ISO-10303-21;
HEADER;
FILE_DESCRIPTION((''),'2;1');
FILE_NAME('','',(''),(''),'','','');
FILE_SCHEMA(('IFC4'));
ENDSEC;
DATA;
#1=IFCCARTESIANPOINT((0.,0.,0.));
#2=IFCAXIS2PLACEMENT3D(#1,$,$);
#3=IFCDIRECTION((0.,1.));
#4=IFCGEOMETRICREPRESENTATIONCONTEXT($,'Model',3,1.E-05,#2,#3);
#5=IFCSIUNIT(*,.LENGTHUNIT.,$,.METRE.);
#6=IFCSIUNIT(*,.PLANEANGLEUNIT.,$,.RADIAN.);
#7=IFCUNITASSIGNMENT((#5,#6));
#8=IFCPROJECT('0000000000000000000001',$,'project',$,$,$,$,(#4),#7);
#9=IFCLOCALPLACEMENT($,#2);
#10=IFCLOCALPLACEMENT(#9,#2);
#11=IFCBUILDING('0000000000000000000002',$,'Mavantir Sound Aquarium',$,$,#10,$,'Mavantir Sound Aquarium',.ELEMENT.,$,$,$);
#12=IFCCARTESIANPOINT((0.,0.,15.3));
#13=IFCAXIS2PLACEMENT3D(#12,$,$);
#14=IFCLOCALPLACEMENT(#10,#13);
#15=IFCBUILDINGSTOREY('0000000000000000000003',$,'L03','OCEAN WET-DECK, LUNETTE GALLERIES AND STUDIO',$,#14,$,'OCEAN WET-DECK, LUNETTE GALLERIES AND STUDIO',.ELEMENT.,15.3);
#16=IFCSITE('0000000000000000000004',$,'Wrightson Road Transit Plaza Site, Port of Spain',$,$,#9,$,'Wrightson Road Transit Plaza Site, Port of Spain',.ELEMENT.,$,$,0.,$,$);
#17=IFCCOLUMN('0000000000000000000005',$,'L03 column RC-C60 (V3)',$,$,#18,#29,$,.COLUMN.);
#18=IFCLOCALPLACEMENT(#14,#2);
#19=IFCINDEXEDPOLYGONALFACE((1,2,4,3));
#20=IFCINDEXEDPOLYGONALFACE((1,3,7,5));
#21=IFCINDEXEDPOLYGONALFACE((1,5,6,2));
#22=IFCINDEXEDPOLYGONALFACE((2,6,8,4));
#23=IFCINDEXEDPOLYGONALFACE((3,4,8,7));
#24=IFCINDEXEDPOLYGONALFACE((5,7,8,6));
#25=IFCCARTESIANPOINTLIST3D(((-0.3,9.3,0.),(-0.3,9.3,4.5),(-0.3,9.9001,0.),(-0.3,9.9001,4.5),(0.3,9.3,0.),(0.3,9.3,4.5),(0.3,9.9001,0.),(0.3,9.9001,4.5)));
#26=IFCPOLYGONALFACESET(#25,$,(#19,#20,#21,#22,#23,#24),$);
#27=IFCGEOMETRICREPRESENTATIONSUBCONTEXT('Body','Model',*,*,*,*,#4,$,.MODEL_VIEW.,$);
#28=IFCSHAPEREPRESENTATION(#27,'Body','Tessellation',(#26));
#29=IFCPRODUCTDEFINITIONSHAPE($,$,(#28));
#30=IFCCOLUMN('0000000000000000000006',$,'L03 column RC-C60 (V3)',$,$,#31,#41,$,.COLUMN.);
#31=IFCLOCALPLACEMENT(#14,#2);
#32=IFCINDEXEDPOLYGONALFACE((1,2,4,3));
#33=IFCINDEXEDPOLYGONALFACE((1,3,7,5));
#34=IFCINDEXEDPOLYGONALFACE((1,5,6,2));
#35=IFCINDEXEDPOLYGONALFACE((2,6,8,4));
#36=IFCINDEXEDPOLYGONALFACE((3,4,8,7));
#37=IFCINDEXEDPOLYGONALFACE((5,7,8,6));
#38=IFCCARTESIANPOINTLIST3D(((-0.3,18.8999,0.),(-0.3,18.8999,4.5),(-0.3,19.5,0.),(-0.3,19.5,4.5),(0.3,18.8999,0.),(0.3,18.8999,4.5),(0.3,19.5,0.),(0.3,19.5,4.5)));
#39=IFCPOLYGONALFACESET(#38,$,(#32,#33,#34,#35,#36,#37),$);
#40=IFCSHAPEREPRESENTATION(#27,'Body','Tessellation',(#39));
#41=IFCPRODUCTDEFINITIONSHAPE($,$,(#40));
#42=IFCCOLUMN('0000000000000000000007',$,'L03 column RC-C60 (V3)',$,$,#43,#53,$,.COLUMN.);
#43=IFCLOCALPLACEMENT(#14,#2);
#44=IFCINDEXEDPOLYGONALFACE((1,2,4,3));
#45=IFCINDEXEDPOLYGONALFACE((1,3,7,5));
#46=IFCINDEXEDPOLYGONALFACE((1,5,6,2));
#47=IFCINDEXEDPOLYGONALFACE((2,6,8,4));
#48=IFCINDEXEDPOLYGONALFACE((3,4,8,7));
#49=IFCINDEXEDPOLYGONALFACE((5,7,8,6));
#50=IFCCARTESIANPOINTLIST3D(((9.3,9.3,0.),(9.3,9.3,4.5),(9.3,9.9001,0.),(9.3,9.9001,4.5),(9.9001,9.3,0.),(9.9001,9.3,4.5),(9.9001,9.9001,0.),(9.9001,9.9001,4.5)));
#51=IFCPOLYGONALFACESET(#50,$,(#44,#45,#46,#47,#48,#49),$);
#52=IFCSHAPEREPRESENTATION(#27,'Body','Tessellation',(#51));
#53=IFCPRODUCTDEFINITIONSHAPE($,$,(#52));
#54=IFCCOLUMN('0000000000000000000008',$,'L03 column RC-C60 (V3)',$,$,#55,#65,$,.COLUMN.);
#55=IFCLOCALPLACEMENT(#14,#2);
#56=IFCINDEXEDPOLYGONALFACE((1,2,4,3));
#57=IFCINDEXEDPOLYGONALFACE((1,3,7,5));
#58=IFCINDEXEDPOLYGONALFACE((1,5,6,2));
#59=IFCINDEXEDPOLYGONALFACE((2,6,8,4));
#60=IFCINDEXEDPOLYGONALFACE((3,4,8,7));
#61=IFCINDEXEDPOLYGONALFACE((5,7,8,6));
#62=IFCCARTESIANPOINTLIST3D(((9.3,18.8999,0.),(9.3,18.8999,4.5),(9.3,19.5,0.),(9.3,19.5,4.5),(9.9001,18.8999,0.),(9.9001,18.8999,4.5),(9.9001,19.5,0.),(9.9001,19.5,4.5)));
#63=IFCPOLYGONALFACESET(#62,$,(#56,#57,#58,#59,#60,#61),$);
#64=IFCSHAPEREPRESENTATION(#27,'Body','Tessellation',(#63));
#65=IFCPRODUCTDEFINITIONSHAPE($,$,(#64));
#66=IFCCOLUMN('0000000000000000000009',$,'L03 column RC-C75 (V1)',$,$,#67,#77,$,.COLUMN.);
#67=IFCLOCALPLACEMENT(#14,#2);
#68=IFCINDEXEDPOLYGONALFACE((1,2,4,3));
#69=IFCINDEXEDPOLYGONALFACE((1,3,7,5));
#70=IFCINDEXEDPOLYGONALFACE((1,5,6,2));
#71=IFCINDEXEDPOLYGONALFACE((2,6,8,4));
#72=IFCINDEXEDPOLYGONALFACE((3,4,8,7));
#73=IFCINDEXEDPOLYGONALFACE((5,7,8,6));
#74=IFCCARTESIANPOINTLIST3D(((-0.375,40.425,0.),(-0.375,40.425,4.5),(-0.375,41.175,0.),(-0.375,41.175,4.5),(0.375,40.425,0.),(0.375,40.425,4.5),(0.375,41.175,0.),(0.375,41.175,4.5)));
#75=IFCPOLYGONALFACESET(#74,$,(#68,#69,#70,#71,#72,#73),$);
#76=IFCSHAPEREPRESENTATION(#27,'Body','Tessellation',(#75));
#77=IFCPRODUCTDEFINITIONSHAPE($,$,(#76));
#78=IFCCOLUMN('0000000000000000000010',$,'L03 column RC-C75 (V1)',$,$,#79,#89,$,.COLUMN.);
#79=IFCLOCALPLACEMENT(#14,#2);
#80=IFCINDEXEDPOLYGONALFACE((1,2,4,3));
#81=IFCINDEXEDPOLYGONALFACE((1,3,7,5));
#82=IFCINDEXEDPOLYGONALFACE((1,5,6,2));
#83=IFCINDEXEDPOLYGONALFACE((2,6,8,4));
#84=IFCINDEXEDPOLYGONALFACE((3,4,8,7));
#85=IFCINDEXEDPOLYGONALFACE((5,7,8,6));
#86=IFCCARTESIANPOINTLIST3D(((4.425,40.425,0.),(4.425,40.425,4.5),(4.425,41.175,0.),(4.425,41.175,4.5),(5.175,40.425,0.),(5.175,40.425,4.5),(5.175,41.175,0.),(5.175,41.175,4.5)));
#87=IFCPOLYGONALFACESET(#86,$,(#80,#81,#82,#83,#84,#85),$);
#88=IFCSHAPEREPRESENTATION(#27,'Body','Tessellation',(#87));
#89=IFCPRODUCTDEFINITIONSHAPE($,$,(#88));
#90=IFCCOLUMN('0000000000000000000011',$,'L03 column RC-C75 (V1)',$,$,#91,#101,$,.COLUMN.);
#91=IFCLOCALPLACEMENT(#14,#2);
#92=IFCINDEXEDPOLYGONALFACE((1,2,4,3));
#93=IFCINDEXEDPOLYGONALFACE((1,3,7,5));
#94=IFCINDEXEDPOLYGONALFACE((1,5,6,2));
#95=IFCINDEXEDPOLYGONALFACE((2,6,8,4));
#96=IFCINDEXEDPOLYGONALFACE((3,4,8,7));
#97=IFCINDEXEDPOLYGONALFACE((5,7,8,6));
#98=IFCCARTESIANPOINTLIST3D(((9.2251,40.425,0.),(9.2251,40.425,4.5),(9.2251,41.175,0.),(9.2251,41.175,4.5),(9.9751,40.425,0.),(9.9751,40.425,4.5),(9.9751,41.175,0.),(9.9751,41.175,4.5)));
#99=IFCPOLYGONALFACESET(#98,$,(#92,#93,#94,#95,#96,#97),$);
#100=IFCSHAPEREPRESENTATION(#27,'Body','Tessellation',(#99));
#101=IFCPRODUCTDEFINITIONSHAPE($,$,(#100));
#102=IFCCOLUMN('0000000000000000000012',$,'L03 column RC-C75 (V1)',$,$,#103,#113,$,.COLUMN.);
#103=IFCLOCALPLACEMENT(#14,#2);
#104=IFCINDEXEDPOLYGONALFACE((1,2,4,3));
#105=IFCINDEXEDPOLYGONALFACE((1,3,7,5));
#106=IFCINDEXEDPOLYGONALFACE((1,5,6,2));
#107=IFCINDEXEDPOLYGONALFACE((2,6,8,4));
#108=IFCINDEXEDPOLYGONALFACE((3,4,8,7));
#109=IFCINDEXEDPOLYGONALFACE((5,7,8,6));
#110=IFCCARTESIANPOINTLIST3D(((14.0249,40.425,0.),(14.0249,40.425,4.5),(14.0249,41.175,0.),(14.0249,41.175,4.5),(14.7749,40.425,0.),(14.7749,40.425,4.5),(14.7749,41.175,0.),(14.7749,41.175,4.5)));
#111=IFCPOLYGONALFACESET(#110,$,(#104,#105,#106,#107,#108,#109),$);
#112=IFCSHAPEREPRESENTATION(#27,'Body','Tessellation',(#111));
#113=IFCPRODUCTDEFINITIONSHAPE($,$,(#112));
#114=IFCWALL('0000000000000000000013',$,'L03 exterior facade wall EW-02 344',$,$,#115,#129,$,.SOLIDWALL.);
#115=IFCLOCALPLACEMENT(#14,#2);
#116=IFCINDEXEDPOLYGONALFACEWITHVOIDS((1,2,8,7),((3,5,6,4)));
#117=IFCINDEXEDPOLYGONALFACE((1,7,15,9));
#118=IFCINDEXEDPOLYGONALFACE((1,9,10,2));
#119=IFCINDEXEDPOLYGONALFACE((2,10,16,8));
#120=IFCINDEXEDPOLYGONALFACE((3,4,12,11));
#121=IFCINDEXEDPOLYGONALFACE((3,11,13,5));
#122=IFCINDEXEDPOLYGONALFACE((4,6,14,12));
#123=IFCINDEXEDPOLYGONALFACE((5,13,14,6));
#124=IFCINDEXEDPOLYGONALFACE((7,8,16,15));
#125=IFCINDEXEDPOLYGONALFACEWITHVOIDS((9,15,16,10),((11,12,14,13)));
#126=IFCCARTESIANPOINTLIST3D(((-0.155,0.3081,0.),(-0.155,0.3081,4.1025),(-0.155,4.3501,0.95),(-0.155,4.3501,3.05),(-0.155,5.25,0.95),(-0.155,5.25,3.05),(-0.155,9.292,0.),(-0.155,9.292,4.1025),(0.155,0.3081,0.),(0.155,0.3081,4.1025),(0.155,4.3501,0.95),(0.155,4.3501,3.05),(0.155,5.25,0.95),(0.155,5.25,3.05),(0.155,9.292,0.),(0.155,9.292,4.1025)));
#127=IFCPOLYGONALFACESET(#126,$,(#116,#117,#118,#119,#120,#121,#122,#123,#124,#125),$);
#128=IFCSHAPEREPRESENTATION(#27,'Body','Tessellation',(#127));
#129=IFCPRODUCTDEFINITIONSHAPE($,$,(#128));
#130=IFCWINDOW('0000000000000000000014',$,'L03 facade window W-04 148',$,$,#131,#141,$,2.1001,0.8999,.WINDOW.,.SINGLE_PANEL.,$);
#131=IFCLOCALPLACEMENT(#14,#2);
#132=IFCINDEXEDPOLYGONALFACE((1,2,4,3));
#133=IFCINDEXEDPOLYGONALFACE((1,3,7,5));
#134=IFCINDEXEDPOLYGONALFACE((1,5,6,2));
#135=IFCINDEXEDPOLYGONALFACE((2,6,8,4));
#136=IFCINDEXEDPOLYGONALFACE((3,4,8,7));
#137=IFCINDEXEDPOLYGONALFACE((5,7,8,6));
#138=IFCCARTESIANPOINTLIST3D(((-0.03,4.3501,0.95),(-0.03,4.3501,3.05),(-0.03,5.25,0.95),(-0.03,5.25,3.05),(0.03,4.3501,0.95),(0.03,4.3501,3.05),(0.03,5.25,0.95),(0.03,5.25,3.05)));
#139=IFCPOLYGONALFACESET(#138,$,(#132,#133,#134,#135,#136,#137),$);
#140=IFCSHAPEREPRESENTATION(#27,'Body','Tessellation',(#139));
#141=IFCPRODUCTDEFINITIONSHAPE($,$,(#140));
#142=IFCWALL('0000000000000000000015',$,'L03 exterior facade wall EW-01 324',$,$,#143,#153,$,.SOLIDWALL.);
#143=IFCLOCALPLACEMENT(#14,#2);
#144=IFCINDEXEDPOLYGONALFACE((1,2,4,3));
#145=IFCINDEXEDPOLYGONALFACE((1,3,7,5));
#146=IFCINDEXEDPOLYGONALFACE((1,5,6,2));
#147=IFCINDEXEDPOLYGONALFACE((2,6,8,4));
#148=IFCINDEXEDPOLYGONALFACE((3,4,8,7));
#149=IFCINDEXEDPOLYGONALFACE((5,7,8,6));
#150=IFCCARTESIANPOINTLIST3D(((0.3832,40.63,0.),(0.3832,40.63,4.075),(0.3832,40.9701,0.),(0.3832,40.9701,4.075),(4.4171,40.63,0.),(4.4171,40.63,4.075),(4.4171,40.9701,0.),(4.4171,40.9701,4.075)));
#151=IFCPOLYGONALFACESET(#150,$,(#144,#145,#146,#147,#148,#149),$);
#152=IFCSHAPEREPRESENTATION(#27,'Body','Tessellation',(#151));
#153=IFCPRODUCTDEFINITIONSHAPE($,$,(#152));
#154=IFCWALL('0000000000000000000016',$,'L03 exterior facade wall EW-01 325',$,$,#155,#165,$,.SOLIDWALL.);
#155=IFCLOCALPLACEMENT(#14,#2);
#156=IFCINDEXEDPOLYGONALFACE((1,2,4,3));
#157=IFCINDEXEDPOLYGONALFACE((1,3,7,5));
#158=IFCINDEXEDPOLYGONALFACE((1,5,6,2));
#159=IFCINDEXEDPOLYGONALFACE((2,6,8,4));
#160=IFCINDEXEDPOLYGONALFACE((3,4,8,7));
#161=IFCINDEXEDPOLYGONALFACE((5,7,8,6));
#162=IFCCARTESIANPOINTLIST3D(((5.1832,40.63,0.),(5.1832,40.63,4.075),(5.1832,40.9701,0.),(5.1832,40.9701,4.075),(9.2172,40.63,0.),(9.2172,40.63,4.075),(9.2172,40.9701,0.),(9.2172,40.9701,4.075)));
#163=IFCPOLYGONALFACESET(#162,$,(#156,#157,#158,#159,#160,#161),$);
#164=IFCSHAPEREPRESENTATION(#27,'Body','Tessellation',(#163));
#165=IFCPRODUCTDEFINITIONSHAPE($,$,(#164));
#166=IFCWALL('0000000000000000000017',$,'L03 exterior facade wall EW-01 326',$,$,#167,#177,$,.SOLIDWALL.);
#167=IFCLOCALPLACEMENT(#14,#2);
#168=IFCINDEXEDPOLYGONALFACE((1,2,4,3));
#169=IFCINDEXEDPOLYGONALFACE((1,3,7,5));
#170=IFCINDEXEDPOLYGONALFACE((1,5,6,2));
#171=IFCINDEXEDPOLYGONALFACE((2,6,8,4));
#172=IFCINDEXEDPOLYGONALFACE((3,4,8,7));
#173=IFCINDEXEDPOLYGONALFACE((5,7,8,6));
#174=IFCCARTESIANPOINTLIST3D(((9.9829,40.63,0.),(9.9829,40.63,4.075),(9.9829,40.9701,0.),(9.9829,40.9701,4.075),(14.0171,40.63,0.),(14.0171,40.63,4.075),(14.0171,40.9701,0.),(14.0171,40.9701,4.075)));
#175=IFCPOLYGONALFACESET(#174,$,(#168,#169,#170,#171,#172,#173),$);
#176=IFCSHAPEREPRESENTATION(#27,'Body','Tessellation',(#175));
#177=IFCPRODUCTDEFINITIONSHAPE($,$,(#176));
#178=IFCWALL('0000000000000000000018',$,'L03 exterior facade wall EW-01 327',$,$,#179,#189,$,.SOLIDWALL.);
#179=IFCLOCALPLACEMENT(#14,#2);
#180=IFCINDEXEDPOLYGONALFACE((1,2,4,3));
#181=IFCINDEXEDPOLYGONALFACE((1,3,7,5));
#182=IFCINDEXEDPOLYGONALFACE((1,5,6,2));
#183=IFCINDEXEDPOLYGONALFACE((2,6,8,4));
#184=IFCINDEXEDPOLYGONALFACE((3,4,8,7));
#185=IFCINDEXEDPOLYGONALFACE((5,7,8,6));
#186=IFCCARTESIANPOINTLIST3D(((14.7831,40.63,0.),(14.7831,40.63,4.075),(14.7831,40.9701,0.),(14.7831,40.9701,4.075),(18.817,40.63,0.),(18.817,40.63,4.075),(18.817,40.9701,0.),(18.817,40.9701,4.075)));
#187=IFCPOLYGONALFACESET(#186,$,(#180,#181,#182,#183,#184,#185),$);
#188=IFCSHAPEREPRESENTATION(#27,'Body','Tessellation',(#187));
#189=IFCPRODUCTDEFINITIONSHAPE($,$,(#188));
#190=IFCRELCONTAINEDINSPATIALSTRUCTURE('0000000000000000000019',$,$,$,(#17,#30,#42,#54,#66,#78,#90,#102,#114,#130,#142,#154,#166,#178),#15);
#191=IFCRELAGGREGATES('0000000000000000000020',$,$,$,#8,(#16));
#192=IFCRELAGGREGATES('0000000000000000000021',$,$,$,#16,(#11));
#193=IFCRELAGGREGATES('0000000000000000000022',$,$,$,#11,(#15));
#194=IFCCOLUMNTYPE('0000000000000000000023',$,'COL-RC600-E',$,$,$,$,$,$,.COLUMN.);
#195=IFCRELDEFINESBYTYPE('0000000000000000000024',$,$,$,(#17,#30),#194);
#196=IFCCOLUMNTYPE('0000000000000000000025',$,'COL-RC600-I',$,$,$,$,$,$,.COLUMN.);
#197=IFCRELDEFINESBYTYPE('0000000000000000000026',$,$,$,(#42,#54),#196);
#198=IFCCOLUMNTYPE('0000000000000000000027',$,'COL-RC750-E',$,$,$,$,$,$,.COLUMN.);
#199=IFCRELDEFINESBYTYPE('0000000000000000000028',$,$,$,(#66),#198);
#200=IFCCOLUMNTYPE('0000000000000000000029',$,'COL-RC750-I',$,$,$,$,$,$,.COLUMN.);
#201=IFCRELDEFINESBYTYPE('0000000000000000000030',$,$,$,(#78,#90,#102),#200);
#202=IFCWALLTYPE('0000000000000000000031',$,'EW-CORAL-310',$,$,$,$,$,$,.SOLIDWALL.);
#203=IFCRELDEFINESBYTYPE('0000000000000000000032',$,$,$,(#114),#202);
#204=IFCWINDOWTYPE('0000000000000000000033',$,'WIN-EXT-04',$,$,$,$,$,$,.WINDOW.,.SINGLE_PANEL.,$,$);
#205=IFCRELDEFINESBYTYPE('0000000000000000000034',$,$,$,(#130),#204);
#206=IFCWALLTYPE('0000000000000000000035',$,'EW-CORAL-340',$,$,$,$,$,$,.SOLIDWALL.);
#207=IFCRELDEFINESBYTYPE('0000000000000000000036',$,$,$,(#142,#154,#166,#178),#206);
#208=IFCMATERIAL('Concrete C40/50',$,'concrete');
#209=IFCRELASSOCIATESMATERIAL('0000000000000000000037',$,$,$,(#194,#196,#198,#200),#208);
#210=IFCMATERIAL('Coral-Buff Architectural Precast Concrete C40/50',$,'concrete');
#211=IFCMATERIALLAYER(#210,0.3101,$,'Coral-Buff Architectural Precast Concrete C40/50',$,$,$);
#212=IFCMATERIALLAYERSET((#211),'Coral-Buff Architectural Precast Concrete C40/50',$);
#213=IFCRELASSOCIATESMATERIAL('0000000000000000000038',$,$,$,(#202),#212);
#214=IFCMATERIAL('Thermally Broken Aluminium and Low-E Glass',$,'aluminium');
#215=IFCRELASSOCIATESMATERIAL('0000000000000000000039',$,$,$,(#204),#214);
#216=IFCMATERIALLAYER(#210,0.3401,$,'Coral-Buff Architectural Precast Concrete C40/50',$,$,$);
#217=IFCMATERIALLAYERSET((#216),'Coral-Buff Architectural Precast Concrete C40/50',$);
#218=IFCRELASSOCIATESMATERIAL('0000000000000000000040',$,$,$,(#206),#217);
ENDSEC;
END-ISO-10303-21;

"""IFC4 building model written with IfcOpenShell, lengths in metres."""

from ifc_helpers import new_model, si_unit, direction, frame, frame_2d, origin, origin_2d, place, context, subcontext, project, spatial, rectangle, extrude, material, layer, layer_set, material_profile, profile_set, type_object, element, fill, save


model = new_model("IFC4")

# Units and contexts
model_context = context("Model", 3, precision=1e-05, world=origin(), true_north=direction((0.0, 1.0)))
body_context = subcontext(model_context, "Body", "Model", "MODEL_VIEW")
ifc_project = project(units=[si_unit("LENGTHUNIT", "METRE"), si_unit("PLANEANGLEUNIT", "RADIAN")], contexts=[model_context])

# Site, building, storey
site_placement = place(None, origin())
site = spatial("IfcSite", under=ifc_project, at=site_placement, Name="Wrightson Road Transit Plaza Site, Port of Spain", LongName="Wrightson Road Transit Plaza Site, Port of Spain", CompositionType="ELEMENT", RefElevation=0.0)
building_placement = place(site_placement, origin())
building = spatial("IfcBuilding", under=site, at=building_placement, Name="Mavantir Sound Aquarium", LongName="Mavantir Sound Aquarium", CompositionType="ELEMENT")
storey_placement = place(building_placement, frame((0.0, 0.0, 15.3)))
storey = spatial("IfcBuildingStorey", under=building, at=storey_placement, Name="L03", Description="OCEAN WET-DECK, LUNETTE GALLERIES AND STUDIO", LongName="OCEAN WET-DECK, LUNETTE GALLERIES AND STUDIO", CompositionType="ELEMENT", Elevation=15.3)

# Columns
ifc_material_1 = material(Name="Concrete C40/50", Category="concrete")
ifc_material_profile_1 = material_profile(ifc_material_1, rectangle(XDim=0.6001, YDim=0.6001, at=origin_2d()), Name="RC 600X600")
ifc_profile_set_1 = profile_set([ifc_material_profile_1], Name="Concrete C40/50")
column_type_1 = type_object("IfcColumnType", Name="COL-RC600-E", PredefinedType="COLUMN", material=ifc_profile_set_1)
for number, where, z_axis, x_axis, name in (
    (1, (0.0, 9.6001, 0.0), (0.0, 0.0, 1.0), (1.0, 0.0, 0.0), "L03 column RC-C60 (V3)"),
    (2, (0.0, 19.2, 0.0), (0.0, 0.0, 1.0), (1.0, 0.0, 0.0), "L03 column RC-C60 (V3)"),
):
    element("IfcColumn", number, at=place(storey_placement, frame(where, z_axis=z_axis, x_axis=x_axis)), inside=storey, type_object=column_type_1, Name=name, PredefinedType="COLUMN", context=body_context, shape_type="SweptSolid", body=[
        extrude(rectangle(XDim=0.6001, YDim=0.6001, at=origin_2d()), origin(), (0.0, 0.0, 1.0), 4.5),
    ])
ifc_material_profile_2 = material_profile(ifc_material_1, rectangle(XDim=0.6001, YDim=0.6001, at=origin_2d()), Name="RC 600X600")
ifc_profile_set_2 = profile_set([ifc_material_profile_2], Name="Concrete C40/50")
column_type_2 = type_object("IfcColumnType", Name="COL-RC600-I", PredefinedType="COLUMN", material=ifc_profile_set_2)
for number, where, z_axis, x_axis, name in (
    (3, (9.6001, 9.6001, 0.0), (0.0, 0.0, 1.0), (1.0, 0.0, 0.0), "L03 column RC-C60 (V3)"),
    (4, (9.6001, 19.2, 0.0), (0.0, 0.0, 1.0), (1.0, 0.0, 0.0), "L03 column RC-C60 (V3)"),
):
    element("IfcColumn", number, at=place(storey_placement, frame(where, z_axis=z_axis, x_axis=x_axis)), inside=storey, type_object=column_type_2, Name=name, PredefinedType="COLUMN", context=body_context, shape_type="SweptSolid", body=[
        extrude(rectangle(XDim=0.6001, YDim=0.6001, at=origin_2d()), origin(), (0.0, 0.0, 1.0), 4.5),
    ])
ifc_material_profile_3 = material_profile(ifc_material_1, rectangle(XDim=0.75, YDim=0.75, at=origin_2d()), Name="RC 750X750")
ifc_profile_set_3 = profile_set([ifc_material_profile_3], Name="Concrete C40/50")
column_type_3 = type_object("IfcColumnType", Name="COL-RC750-E", PredefinedType="COLUMN", material=ifc_profile_set_3)
column_placement = place(storey_placement, frame((0.0, 40.8, 0.0), z_axis=(0.0, 0.0, 1.0), x_axis=(1.0, 0.0, 0.0)))
element("IfcColumn", 5, at=column_placement, inside=storey, type_object=column_type_3, Name="L03 column RC-C75 (V1)", PredefinedType="COLUMN", context=body_context, shape_type="SweptSolid", body=[
    extrude(rectangle(XDim=0.75, YDim=0.75, at=origin_2d()), origin(), (0.0, 0.0, 1.0), 4.5),
])
ifc_material_profile_4 = material_profile(ifc_material_1, rectangle(XDim=0.75, YDim=0.75, at=origin_2d()), Name="RC 750X750")
ifc_profile_set_4 = profile_set([ifc_material_profile_4], Name="Concrete C40/50")
column_type_4 = type_object("IfcColumnType", Name="COL-RC750-I", PredefinedType="COLUMN", material=ifc_profile_set_4)
for number, where, z_axis, x_axis, name in (
    (6, (4.8, 40.8, 0.0), (0.0, 0.0, 1.0), (1.0, 0.0, 0.0), "L03 column RC-C75 (V1)"),
    (7, (9.6001, 40.8, 0.0), (0.0, 0.0, 1.0), (1.0, 0.0, 0.0), "L03 column RC-C75 (V1)"),
    (8, (14.3999, 40.8, 0.0), (0.0, 0.0, 1.0), (1.0, 0.0, 0.0), "L03 column RC-C75 (V1)"),
):
    element("IfcColumn", number, at=place(storey_placement, frame(where, z_axis=z_axis, x_axis=x_axis)), inside=storey, type_object=column_type_4, Name=name, PredefinedType="COLUMN", context=body_context, shape_type="SweptSolid", body=[
        extrude(rectangle(XDim=0.75, YDim=0.75, at=origin_2d()), origin(), (0.0, 0.0, 1.0), 4.5),
    ])

# Wall, opening, window
ifc_material_2 = material(Name="Coral-Buff Architectural Precast Concrete C40/50", Category="concrete")
ifc_layer_1 = layer(ifc_material_2, 0.3101, Name="Coral-Buff Architectural Precast Concrete C40/50")
ifc_layer_set_1 = layer_set([ifc_layer_1], Name="Coral-Buff Architectural Precast Concrete C40/50")
wall_type_1 = type_object("IfcWallType", Name="EW-CORAL-310", PredefinedType="SOLIDWALL", material=ifc_layer_set_1)
wall_1_placement = place(storey_placement, frame((0.0, 9.292, 0.0), z_axis=(0.0, 0.0, 1.0), x_axis=(0.0, -1.0, 0.0)))
wall_1 = element("IfcWall", 9, at=wall_1_placement, inside=storey, type_object=wall_type_1, Name="L03 exterior facade wall EW-02 344", PredefinedType="SOLIDWALL", context=body_context, shape_type="SweptSolid", body=[
    extrude(rectangle(XDim=8.9839, YDim=0.3101, at=frame_2d((4.4919, 0.0))), origin(), (0.0, 0.0, 1.0), 4.1025),
])
opening_1_placement = place(wall_1_placement, frame((4.042, 0.0, 0.95)))
opening_1 = element("IfcOpeningElement", 10, at=opening_1_placement, cuts=wall_1, PredefinedType="OPENING", context=body_context, shape_type="SweptSolid", body=[
    extrude(rectangle(XDim=0.8999, YDim=2.1001, at=frame_2d((0.45, 1.05))), frame((0.0, 0.165, 0.0), z_axis=(0.0, -1.0, 0.0), x_axis=(1.0, 0.0, 0.0)), (0.0, 0.0, 1.0), 0.3301),
])
ifc_material_3 = material(Name="Thermally Broken Aluminium and Low-E Glass", Category="aluminium")
window_type_1 = type_object("IfcWindowType", Name="WIN-EXT-04", PartitioningType="SINGLE_PANEL", PredefinedType="WINDOW", material=ifc_material_3)
window_1_placement = place(opening_1_placement, origin())
window_1 = element("IfcWindow", 11, at=window_1_placement, inside=storey, type_object=window_type_1, Name="L03 facade window W-04 148", OverallHeight=2.1001, OverallWidth=0.8999, PartitioningType="SINGLE_PANEL", PredefinedType="WINDOW", context=body_context, shape_type="SweptSolid", body=[
    extrude(rectangle(XDim=0.8999, YDim=2.1001, at=frame_2d((0.45, 1.05))), frame((0.0, 0.03, 0.0), z_axis=(0.0, -1.0, 0.0), x_axis=(1.0, 0.0, 0.0)), (0.0, 0.0, 1.0), 0.0601),
])
fill(opening_1, window_1)

# Walls
ifc_layer_2 = layer(ifc_material_2, 0.3401, Name="Coral-Buff Architectural Precast Concrete C40/50")
ifc_layer_set_2 = layer_set([ifc_layer_2], Name="Coral-Buff Architectural Precast Concrete C40/50")
wall_type_2 = type_object("IfcWallType", Name="EW-CORAL-340", PredefinedType="SOLIDWALL", material=ifc_layer_set_2)
for number, where, z_axis, x_axis, name in (
    (12, (0.3831, 40.8, 0.0), (0.0, 0.0, 1.0), (1.0, 0.0, 0.0), "L03 exterior facade wall EW-01 324"),
    (13, (5.1831, 40.8, 0.0), (0.0, 0.0, 1.0), (1.0, 0.0, 0.0), "L03 exterior facade wall EW-01 325"),
):
    element("IfcWall", number, at=place(storey_placement, frame(where, z_axis=z_axis, x_axis=x_axis)), inside=storey, type_object=wall_type_2, Name=name, PredefinedType="SOLIDWALL", context=body_context, shape_type="SweptSolid", body=[
        extrude(rectangle(XDim=4.0339, YDim=0.3401, at=frame_2d((2.0171, 0.0))), origin(), (0.0, 0.0, 1.0), 4.075),
    ])
wall_2_placement = place(storey_placement, frame((9.9829, 40.8, 0.0), z_axis=(0.0, 0.0, 1.0), x_axis=(1.0, 0.0, 0.0)))
element("IfcWall", 14, at=wall_2_placement, inside=storey, type_object=wall_type_2, Name="L03 exterior facade wall EW-01 326", PredefinedType="SOLIDWALL", context=body_context, shape_type="SweptSolid", body=[
    extrude(rectangle(XDim=4.0342, YDim=0.3401, at=frame_2d((2.0171, 0.0))), origin(), (0.0, 0.0, 1.0), 4.075),
])
wall_3_placement = place(storey_placement, frame((14.783, 40.8, 0.0), z_axis=(0.0, 0.0, 1.0), x_axis=(1.0, 0.0, 0.0)))
element("IfcWall", 15, at=wall_3_placement, inside=storey, type_object=wall_type_2, Name="L03 exterior facade wall EW-01 327", PredefinedType="SOLIDWALL", context=body_context, shape_type="SweptSolid", body=[
    extrude(rectangle(XDim=4.0339, YDim=0.3401, at=frame_2d((2.0171, 0.0))), origin(), (0.0, 0.0, 1.0), 4.075),
])

save(model, "model.ifc")
